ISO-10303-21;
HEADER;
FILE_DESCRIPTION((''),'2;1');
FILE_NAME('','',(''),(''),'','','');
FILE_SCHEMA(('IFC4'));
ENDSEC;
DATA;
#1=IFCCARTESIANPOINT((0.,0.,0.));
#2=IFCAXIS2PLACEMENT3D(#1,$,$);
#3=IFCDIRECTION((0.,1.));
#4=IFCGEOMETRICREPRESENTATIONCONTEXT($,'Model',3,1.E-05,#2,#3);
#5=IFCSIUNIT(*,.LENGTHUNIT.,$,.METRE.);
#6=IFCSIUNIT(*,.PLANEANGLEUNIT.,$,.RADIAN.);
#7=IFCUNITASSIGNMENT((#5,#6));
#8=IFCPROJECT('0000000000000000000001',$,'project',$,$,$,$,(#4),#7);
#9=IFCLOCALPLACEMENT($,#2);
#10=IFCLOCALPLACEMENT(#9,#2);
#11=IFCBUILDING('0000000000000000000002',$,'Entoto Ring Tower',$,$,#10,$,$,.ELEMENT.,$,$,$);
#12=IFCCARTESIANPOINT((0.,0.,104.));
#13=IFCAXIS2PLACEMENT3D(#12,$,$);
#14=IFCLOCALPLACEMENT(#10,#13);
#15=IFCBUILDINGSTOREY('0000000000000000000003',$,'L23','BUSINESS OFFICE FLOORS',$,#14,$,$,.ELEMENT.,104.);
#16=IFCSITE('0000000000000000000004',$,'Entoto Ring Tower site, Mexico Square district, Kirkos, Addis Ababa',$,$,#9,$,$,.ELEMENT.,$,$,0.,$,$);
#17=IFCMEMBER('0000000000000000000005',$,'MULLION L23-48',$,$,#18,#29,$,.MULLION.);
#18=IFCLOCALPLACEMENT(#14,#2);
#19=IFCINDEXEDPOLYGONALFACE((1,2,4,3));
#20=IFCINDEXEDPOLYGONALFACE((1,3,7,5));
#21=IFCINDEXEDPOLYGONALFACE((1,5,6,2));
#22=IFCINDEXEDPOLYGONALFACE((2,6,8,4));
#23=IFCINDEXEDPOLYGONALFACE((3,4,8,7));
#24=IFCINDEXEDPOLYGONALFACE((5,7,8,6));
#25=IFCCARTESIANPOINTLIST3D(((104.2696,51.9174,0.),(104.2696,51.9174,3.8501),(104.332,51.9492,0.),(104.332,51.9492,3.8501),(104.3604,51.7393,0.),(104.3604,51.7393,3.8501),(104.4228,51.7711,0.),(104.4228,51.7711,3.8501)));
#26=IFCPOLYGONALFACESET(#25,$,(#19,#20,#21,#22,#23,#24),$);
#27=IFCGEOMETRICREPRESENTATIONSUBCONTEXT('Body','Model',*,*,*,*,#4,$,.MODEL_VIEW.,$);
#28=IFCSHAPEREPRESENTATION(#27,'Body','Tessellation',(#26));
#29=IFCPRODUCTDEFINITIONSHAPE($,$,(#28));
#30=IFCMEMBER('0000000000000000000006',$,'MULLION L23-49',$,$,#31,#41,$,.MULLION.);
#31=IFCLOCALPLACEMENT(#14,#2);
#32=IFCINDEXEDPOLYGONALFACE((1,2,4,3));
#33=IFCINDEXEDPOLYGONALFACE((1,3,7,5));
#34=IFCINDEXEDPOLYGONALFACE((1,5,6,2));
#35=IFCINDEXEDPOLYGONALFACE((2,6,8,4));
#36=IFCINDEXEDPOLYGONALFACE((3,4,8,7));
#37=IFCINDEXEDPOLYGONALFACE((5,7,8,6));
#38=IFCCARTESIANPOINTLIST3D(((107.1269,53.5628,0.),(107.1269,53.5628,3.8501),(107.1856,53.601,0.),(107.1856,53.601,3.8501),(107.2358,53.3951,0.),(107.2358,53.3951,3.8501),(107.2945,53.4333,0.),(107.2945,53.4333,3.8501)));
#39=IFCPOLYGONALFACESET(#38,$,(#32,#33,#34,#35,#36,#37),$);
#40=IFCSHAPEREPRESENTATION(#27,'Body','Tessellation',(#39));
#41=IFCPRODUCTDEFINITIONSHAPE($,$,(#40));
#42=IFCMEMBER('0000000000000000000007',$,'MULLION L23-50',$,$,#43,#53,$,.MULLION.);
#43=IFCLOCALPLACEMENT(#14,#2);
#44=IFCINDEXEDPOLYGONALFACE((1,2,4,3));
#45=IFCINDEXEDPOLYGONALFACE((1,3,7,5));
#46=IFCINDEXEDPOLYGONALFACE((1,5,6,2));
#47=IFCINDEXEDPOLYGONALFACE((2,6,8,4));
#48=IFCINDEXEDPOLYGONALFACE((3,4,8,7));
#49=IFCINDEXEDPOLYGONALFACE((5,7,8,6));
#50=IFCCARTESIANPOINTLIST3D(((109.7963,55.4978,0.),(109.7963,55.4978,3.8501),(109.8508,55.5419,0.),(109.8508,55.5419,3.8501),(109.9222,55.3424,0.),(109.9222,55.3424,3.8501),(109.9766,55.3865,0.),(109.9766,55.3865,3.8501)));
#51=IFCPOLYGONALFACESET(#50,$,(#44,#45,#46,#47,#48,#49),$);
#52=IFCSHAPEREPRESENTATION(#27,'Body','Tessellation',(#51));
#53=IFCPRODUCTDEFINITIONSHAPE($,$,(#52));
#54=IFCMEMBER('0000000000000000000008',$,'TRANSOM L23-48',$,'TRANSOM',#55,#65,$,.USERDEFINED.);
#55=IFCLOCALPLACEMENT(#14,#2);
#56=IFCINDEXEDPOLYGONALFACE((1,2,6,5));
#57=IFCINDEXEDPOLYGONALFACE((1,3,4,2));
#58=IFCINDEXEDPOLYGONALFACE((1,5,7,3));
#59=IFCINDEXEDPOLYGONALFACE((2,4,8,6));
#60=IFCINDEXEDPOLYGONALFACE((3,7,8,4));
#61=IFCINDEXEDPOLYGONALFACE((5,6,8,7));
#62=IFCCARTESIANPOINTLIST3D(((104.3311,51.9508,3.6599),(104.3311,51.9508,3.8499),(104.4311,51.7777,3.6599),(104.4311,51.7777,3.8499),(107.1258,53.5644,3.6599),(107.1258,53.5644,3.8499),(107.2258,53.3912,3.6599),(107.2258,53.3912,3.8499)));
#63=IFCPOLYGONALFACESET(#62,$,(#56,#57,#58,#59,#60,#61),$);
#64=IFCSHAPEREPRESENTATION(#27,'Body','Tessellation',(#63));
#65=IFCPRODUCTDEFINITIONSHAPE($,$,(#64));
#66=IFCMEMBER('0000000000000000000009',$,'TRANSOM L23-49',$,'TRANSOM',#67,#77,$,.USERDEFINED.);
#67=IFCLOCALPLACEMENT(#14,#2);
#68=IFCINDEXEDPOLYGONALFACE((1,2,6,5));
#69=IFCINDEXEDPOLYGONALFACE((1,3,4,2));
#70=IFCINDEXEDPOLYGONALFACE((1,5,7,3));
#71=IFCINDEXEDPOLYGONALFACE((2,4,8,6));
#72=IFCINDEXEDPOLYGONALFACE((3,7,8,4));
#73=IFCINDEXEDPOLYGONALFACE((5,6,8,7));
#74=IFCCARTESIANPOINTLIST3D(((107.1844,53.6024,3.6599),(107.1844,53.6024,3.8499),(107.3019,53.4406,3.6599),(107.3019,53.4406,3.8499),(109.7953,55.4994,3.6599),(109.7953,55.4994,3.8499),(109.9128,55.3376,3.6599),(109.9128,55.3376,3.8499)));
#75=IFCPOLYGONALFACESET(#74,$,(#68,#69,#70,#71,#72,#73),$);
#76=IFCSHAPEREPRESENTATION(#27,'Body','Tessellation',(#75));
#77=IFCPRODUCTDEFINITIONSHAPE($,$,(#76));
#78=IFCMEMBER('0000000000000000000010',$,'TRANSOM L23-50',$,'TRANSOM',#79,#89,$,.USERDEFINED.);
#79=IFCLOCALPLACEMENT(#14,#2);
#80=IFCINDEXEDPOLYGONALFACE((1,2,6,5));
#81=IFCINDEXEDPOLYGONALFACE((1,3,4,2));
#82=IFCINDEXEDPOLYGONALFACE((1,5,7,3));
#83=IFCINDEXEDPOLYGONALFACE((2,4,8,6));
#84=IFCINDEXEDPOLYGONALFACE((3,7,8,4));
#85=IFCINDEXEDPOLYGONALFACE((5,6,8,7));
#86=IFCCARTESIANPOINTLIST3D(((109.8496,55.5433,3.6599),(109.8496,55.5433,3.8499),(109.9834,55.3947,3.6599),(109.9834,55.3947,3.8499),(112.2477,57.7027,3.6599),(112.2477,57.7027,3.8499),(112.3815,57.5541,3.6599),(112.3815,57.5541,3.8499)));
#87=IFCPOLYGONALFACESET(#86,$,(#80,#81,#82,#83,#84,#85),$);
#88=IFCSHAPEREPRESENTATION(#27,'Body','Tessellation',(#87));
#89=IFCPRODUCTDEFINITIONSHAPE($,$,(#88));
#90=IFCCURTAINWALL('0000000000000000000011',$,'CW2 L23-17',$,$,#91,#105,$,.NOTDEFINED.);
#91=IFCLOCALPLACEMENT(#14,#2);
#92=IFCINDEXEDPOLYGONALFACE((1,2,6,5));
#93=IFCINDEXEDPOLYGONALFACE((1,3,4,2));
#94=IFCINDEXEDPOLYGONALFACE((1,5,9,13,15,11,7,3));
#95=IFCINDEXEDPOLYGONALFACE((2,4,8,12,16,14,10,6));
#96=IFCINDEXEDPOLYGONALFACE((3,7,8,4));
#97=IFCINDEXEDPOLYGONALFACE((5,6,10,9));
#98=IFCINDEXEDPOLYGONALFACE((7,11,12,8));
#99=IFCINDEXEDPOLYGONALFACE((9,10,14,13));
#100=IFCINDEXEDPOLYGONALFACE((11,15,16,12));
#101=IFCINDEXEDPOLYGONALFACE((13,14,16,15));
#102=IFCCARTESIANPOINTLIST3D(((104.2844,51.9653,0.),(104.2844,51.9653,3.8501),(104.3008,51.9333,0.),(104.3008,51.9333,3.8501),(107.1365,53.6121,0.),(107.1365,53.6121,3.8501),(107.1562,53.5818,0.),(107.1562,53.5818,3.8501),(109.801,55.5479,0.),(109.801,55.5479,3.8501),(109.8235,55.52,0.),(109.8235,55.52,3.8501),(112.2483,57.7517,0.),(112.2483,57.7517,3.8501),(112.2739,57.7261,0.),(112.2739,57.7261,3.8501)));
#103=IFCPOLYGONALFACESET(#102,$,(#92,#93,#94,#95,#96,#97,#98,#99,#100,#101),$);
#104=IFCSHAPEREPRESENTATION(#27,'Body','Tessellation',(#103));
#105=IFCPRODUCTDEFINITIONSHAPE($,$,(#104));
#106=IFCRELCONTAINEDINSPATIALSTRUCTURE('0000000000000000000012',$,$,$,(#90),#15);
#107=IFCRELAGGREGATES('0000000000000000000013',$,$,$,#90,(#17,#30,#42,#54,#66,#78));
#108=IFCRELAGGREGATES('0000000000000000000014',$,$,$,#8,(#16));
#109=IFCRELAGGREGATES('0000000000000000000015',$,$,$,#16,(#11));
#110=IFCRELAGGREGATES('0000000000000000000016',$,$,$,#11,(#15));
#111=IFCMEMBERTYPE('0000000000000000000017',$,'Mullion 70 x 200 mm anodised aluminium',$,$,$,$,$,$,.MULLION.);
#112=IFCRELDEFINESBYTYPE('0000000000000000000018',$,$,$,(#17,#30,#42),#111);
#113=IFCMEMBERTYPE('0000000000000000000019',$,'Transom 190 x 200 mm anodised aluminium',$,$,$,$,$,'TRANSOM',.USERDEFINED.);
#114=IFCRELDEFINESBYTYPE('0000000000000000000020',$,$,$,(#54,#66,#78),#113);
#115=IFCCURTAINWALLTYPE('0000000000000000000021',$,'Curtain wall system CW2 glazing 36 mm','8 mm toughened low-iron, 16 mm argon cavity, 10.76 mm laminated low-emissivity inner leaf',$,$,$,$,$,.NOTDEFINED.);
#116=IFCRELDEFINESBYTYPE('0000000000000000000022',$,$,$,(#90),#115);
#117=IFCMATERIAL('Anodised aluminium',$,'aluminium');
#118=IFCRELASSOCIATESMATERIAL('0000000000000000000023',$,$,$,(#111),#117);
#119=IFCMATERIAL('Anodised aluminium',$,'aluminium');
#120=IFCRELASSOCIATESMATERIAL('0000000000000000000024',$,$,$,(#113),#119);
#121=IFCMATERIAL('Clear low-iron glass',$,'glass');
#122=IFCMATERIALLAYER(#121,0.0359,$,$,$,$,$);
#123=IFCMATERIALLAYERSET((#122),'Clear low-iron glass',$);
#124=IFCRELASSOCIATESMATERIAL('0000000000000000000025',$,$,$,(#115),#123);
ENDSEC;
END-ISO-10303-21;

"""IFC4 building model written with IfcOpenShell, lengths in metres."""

from ifc_helpers import new_model, si_unit, direction, frame, origin, origin_2d, place, context, subcontext, project, spatial, polyline, rectangle, outline, extrude, material, layer, layer_set, material_profile, profile_set, type_object, element, aggregate, save


model = new_model("IFC4")

# Units and contexts
model_context = context("Model", 3, precision=1e-05, world=origin(), true_north=direction((0.0, 1.0)))
body_context = subcontext(model_context, "Body", "Model", "MODEL_VIEW")
ifc_project = project(units=[si_unit("LENGTHUNIT", "METRE"), si_unit("PLANEANGLEUNIT", "RADIAN")], contexts=[model_context])

# Members
ifc_material_1 = material(Name="Anodised aluminium", Category="aluminium")
ifc_material_profile_1 = material_profile(ifc_material_1, rectangle(XDim=0.0701, YDim=0.2, at=origin_2d()), Name="Mullion 70 x 200 mm anodised aluminium")
ifc_profile_set_1 = profile_set([ifc_material_profile_1], Name="Anodised aluminium")
member_type_1 = type_object("IfcMemberType", Name="Mullion 70 x 200 mm anodised aluminium", PredefinedType="MULLION", material=ifc_profile_set_1)
site_placement = place(None, origin())
building_placement = place(site_placement, origin())
storey_placement = place(building_placement, frame((0.0, 0.0, 104.0)))
member_1_placement = place(storey_placement, frame((104.3462, 51.8442, 0.0), z_axis=(0.0, 0.0, 1.0), x_axis=(0.891007, 0.45399, 0.0)))
member_1 = element("IfcMember", 1, at=member_1_placement, type_object=member_type_1, Name="MULLION L23-48", PredefinedType="MULLION", context=body_context, shape_type="SweptSolid", body=[
    extrude(rectangle(XDim=0.0701, YDim=0.2, at=origin_2d()), origin(), (0.0, 0.0, 1.0), 3.8501),
])
member_2_placement = place(storey_placement, frame((107.2107, 53.498, 0.0), z_axis=(0.0, 0.0, 1.0), x_axis=(0.838671, 0.544639, 0.0)))
member_2 = element("IfcMember", 2, at=member_2_placement, type_object=member_type_1, Name="MULLION L23-49", PredefinedType="MULLION", context=body_context, shape_type="SweptSolid", body=[
    extrude(rectangle(XDim=0.0701, YDim=0.2, at=origin_2d()), origin(), (0.0, 0.0, 1.0), 3.8501),
])
member_3_placement = place(storey_placement, frame((109.8865, 55.4421, 0.0), z_axis=(0.0, 0.0, 1.0), x_axis=(0.777146, 0.62932, 0.0)))
member_3 = element("IfcMember", 3, at=member_3_placement, type_object=member_type_1, Name="MULLION L23-50", PredefinedType="MULLION", context=body_context, shape_type="SweptSolid", body=[
    extrude(rectangle(XDim=0.0701, YDim=0.2, at=origin_2d()), origin(), (0.0, 0.0, 1.0), 3.8501),
])
ifc_material_2 = material(Name="Anodised aluminium", Category="aluminium")
ifc_material_profile_2 = material_profile(ifc_material_2, rectangle(XDim=0.2, YDim=0.1899, at=origin_2d()), Name="Transom 190 x 200 mm anodised aluminium")
ifc_profile_set_2 = profile_set([ifc_material_profile_2], Name="Anodised aluminium")
member_type_2 = type_object("IfcMemberType", Name="Transom 190 x 200 mm anodised aluminium", ElementType="TRANSOM", PredefinedType="USERDEFINED", material=ifc_profile_set_2)
member_4_placement = place(storey_placement, frame((104.3811, 51.8643, 3.7549), z_axis=(0.866023, 0.500004, 0.0), x_axis=(-0.500004, 0.866023, 0.0)))
member_4 = element("IfcMember", 4, at=member_4_placement, type_object=member_type_2, Name="TRANSOM L23-48", ObjectType="TRANSOM", PredefinedType="USERDEFINED", context=body_context, shape_type="SweptSolid", body=[
    extrude(rectangle(XDim=0.2, YDim=0.1899, at=origin_2d()), origin(), (0.0, 0.0, 1.0), 3.2271),
])
member_5_placement = place(storey_placement, frame((107.2432, 53.5215, 3.7549), z_axis=(0.809004, 0.587803, 0.0), x_axis=(-0.587803, 0.809004, 0.0)))
member_5 = element("IfcMember", 5, at=member_5_placement, type_object=member_type_2, Name="TRANSOM L23-49", ObjectType="TRANSOM", PredefinedType="USERDEFINED", context=body_context, shape_type="SweptSolid", body=[
    extrude(rectangle(XDim=0.2, YDim=0.1899, at=origin_2d()), origin(), (0.0, 0.0, 1.0), 3.2273),
])
member_6_placement = place(storey_placement, frame((109.9165, 55.469, 3.7549), z_axis=(0.743132, 0.669144, 0.0), x_axis=(-0.669144, 0.743132, 0.0)))
member_6 = element("IfcMember", 6, at=member_6_placement, type_object=member_type_2, Name="TRANSOM L23-50", ObjectType="TRANSOM", PredefinedType="USERDEFINED", context=body_context, shape_type="SweptSolid", body=[
    extrude(rectangle(XDim=0.2, YDim=0.1899, at=origin_2d()), origin(), (0.0, 0.0, 1.0), 3.2271),
])

# Site, building, storey
site = spatial("IfcSite", under=ifc_project, at=site_placement, Name="Entoto Ring Tower site, Mexico Square district, Kirkos, Addis Ababa", CompositionType="ELEMENT", RefElevation=0.0)
building = spatial("IfcBuilding", under=site, at=building_placement, Name="Entoto Ring Tower", CompositionType="ELEMENT")
storey = spatial("IfcBuildingStorey", under=building, at=storey_placement, Name="L23", Description="BUSINESS OFFICE FLOORS", CompositionType="ELEMENT", Elevation=104.0)

# Curtain wall
ifc_material_3 = material(Name="Clear low-iron glass", Category="glass")
ifc_layer_1 = layer(ifc_material_3, 0.0359)
ifc_layer_set_1 = layer_set([ifc_layer_1], Name="Clear low-iron glass")
curtain_wall_type = type_object("IfcCurtainWallType", Name="Curtain wall system CW2 glazing 36 mm", Description="8 mm toughened low-iron, 16 mm argon cavity, 10.76 mm laminated low-emissivity inner leaf", PredefinedType="NOTDEFINED", material=ifc_layer_set_1)
curtain_wall_1_placement = place(storey_placement, origin())
curtain_wall_1 = element("IfcCurtainWall", 7, at=curtain_wall_1_placement, inside=storey, type_object=curtain_wall_type, Name="CW2 L23-17", PredefinedType="NOTDEFINED", context=body_context, shape_type="SweptSolid", body=[
    extrude(outline(polyline([(104.3008, 51.9333), (107.1562, 53.5818), (109.8235, 55.52), (112.2739, 57.7261), (112.2483, 57.7517), (109.801, 55.5479), (107.1365, 53.6121), (104.2844, 51.9653), (104.3008, 51.9333)])), origin(), (0.0, 0.0, 1.0), 3.8501),
])
aggregate(curtain_wall_1, [member_1, member_2, member_3, member_4, member_5, member_6])

save(model, "model.ifc")
